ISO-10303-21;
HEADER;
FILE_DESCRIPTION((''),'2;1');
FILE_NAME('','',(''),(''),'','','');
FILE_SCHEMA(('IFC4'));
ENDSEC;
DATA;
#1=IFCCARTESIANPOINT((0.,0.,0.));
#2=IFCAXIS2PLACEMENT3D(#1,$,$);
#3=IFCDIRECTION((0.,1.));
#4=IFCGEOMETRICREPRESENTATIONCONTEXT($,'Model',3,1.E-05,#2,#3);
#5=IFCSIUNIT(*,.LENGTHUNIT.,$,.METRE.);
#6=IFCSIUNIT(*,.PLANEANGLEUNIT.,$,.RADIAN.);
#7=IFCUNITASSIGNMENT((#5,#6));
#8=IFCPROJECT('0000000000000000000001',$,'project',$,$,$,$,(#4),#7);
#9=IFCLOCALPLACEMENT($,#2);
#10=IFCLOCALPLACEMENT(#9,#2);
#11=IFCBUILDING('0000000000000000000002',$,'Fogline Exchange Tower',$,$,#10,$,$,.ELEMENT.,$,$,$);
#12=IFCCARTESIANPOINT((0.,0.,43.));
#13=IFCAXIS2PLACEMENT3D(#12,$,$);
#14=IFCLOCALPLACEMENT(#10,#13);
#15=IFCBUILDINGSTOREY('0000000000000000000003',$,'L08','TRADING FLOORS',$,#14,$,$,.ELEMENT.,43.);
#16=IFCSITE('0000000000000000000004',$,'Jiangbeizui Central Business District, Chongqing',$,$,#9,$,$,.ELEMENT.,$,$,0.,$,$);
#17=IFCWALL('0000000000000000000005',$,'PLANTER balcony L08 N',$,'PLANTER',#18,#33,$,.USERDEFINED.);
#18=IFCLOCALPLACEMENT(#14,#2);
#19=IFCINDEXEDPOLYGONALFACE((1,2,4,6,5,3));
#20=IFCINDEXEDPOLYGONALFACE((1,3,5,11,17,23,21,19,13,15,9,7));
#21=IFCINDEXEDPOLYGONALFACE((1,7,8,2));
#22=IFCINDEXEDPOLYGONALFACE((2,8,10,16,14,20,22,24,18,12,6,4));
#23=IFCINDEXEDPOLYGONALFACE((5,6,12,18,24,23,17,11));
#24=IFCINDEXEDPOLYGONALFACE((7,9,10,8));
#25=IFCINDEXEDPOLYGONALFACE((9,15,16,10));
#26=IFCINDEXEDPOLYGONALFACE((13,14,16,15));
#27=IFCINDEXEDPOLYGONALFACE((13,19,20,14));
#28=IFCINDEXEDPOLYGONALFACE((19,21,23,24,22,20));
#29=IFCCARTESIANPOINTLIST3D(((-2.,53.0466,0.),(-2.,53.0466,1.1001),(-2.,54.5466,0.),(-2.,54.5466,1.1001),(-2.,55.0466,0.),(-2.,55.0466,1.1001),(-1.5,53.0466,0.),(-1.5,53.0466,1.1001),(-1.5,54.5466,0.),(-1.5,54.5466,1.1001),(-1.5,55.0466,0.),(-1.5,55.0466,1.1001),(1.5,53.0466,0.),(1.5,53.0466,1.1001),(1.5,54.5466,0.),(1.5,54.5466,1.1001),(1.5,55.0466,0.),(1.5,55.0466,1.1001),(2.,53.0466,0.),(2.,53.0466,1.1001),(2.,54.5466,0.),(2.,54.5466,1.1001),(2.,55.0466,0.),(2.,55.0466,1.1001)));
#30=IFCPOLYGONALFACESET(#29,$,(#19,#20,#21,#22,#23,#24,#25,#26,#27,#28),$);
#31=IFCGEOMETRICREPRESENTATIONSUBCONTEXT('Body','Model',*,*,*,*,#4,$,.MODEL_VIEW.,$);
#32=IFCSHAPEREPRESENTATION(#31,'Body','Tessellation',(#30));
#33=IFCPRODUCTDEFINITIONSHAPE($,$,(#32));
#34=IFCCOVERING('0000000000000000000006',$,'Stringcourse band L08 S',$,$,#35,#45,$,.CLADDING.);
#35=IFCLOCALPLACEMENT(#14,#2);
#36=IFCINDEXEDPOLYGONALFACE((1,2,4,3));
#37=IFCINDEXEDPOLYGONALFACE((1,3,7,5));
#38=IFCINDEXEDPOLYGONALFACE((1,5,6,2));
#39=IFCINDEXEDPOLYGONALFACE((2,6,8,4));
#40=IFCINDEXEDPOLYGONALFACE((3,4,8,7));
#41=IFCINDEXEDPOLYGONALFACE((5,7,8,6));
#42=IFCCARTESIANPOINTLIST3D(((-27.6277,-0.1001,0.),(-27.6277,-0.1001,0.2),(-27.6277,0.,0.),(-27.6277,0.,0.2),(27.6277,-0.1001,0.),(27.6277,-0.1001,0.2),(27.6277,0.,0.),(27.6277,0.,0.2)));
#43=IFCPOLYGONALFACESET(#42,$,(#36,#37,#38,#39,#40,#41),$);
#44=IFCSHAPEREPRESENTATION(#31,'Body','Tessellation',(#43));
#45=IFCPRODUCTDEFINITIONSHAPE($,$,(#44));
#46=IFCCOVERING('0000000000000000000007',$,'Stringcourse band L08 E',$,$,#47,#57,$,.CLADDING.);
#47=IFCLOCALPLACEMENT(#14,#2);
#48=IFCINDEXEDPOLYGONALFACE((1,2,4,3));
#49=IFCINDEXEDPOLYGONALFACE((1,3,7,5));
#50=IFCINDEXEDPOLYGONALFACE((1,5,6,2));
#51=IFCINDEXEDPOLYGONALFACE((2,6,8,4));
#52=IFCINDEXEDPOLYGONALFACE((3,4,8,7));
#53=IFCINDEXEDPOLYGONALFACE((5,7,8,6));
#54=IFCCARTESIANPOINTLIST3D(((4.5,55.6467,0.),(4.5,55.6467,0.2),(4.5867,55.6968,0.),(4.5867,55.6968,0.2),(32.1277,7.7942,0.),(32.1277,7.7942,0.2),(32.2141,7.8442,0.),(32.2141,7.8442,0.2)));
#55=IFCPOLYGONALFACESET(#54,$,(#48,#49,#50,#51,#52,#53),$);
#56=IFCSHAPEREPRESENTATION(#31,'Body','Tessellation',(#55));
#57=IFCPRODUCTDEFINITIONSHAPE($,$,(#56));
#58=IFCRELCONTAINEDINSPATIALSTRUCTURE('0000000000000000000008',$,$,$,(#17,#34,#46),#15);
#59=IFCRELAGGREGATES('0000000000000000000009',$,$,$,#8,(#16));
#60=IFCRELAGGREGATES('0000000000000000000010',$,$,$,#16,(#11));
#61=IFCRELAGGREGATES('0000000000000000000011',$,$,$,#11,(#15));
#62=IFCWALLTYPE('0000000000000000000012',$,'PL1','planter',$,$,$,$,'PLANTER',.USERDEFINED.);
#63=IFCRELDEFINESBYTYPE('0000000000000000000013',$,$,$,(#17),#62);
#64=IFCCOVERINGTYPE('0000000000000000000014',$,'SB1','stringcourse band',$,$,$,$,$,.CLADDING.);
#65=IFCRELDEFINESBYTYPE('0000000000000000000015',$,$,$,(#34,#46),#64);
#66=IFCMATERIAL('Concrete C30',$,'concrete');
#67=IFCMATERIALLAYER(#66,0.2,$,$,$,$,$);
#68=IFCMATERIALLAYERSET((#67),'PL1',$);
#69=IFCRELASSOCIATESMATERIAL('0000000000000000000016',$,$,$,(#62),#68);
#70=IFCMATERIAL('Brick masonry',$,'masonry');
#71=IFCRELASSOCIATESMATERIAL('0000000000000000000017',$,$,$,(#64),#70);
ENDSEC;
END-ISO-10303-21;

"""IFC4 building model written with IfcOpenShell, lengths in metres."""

from ifc_helpers import new_model, si_unit, direction, frame, origin, place, context, subcontext, project, spatial, polyline, outline, extrude, material, layer, layer_set, type_object, element, save


model = new_model("IFC4")

# Units and contexts
model_context = context("Model", 3, precision=1e-05, world=origin(), true_north=direction((0.0, 1.0)))
body_context = subcontext(model_context, "Body", "Model", "MODEL_VIEW")
ifc_project = project(units=[si_unit("LENGTHUNIT", "METRE"), si_unit("PLANEANGLEUNIT", "RADIAN")], contexts=[model_context])

# Site, building, storey
site_placement = place(None, origin())
site = spatial("IfcSite", under=ifc_project, at=site_placement, Name="Jiangbeizui Central Business District, Chongqing", CompositionType="ELEMENT", RefElevation=0.0)
building_placement = place(site_placement, origin())
building = spatial("IfcBuilding", under=site, at=building_placement, Name="Fogline Exchange Tower", CompositionType="ELEMENT")
storey_placement = place(building_placement, frame((0.0, 0.0, 43.0)))
storey = spatial("IfcBuildingStorey", under=building, at=storey_placement, Name="L08", Description="TRADING FLOORS", CompositionType="ELEMENT", Elevation=43.0)

# Wall
ifc_material_1 = material(Name="Brick masonry", Category="masonry")
ifc_material_2 = material(Name="Concrete C30", Category="concrete")
ifc_layer_1 = layer(ifc_material_2, 0.2)
ifc_layer_set_1 = layer_set([ifc_layer_1], Name="PL1")
wall_type_1 = type_object("IfcWallType", Name="PL1", Description="planter", ElementType="PLANTER", PredefinedType="USERDEFINED", material=ifc_layer_set_1)
wall_1_placement = place(storey_placement, origin())
element("IfcWall", 1, at=wall_1_placement, inside=storey, type_object=wall_type_1, Name="PLANTER balcony L08 N", ObjectType="PLANTER", PredefinedType="USERDEFINED", context=body_context, shape_type="SweptSolid", body=[
    extrude(outline(polyline([(-1.5, 55.0466), (-2.0, 55.0466), (-2.0, 54.5466), (-2.0, 53.0466), (-1.5, 53.0466), (-1.5, 54.5466), (1.5, 54.5466), (1.5, 53.0466), (2.0, 53.0466), (2.0, 54.5466), (2.0, 55.0466), (1.5, 55.0466), (-1.5, 55.0466)])), origin(), (0.0, 0.0, 1.0), 1.1001),
])

# Coverings
covering_type = type_object("IfcCoveringType", Name="SB1", Description="stringcourse band", PredefinedType="CLADDING", material=ifc_material_1)
covering_1_placement = place(storey_placement, origin())
element("IfcCovering", 2, at=covering_1_placement, inside=storey, type_object=covering_type, Name="Stringcourse band L08 S", PredefinedType="CLADDING", context=body_context, shape_type="SweptSolid", body=[
    extrude(outline(polyline([(-27.6277, 0.0), (-27.6277, -0.1001), (27.6277, -0.1001), (27.6277, 0.0), (-27.6277, 0.0)])), origin(), (0.0, 0.0, 1.0), 0.2),
])
covering_2_placement = place(storey_placement, origin())
element("IfcCovering", 3, at=covering_2_placement, inside=storey, type_object=covering_type, Name="Stringcourse band L08 E", PredefinedType="CLADDING", context=body_context, shape_type="SweptSolid", body=[
    extrude(outline(polyline([(32.1277, 7.7942), (32.2141, 7.8442), (4.5867, 55.6968), (4.5, 55.6467), (32.1277, 7.7942)])), origin(), (0.0, 0.0, 1.0), 0.2),
])

save(model, "model.ifc")
